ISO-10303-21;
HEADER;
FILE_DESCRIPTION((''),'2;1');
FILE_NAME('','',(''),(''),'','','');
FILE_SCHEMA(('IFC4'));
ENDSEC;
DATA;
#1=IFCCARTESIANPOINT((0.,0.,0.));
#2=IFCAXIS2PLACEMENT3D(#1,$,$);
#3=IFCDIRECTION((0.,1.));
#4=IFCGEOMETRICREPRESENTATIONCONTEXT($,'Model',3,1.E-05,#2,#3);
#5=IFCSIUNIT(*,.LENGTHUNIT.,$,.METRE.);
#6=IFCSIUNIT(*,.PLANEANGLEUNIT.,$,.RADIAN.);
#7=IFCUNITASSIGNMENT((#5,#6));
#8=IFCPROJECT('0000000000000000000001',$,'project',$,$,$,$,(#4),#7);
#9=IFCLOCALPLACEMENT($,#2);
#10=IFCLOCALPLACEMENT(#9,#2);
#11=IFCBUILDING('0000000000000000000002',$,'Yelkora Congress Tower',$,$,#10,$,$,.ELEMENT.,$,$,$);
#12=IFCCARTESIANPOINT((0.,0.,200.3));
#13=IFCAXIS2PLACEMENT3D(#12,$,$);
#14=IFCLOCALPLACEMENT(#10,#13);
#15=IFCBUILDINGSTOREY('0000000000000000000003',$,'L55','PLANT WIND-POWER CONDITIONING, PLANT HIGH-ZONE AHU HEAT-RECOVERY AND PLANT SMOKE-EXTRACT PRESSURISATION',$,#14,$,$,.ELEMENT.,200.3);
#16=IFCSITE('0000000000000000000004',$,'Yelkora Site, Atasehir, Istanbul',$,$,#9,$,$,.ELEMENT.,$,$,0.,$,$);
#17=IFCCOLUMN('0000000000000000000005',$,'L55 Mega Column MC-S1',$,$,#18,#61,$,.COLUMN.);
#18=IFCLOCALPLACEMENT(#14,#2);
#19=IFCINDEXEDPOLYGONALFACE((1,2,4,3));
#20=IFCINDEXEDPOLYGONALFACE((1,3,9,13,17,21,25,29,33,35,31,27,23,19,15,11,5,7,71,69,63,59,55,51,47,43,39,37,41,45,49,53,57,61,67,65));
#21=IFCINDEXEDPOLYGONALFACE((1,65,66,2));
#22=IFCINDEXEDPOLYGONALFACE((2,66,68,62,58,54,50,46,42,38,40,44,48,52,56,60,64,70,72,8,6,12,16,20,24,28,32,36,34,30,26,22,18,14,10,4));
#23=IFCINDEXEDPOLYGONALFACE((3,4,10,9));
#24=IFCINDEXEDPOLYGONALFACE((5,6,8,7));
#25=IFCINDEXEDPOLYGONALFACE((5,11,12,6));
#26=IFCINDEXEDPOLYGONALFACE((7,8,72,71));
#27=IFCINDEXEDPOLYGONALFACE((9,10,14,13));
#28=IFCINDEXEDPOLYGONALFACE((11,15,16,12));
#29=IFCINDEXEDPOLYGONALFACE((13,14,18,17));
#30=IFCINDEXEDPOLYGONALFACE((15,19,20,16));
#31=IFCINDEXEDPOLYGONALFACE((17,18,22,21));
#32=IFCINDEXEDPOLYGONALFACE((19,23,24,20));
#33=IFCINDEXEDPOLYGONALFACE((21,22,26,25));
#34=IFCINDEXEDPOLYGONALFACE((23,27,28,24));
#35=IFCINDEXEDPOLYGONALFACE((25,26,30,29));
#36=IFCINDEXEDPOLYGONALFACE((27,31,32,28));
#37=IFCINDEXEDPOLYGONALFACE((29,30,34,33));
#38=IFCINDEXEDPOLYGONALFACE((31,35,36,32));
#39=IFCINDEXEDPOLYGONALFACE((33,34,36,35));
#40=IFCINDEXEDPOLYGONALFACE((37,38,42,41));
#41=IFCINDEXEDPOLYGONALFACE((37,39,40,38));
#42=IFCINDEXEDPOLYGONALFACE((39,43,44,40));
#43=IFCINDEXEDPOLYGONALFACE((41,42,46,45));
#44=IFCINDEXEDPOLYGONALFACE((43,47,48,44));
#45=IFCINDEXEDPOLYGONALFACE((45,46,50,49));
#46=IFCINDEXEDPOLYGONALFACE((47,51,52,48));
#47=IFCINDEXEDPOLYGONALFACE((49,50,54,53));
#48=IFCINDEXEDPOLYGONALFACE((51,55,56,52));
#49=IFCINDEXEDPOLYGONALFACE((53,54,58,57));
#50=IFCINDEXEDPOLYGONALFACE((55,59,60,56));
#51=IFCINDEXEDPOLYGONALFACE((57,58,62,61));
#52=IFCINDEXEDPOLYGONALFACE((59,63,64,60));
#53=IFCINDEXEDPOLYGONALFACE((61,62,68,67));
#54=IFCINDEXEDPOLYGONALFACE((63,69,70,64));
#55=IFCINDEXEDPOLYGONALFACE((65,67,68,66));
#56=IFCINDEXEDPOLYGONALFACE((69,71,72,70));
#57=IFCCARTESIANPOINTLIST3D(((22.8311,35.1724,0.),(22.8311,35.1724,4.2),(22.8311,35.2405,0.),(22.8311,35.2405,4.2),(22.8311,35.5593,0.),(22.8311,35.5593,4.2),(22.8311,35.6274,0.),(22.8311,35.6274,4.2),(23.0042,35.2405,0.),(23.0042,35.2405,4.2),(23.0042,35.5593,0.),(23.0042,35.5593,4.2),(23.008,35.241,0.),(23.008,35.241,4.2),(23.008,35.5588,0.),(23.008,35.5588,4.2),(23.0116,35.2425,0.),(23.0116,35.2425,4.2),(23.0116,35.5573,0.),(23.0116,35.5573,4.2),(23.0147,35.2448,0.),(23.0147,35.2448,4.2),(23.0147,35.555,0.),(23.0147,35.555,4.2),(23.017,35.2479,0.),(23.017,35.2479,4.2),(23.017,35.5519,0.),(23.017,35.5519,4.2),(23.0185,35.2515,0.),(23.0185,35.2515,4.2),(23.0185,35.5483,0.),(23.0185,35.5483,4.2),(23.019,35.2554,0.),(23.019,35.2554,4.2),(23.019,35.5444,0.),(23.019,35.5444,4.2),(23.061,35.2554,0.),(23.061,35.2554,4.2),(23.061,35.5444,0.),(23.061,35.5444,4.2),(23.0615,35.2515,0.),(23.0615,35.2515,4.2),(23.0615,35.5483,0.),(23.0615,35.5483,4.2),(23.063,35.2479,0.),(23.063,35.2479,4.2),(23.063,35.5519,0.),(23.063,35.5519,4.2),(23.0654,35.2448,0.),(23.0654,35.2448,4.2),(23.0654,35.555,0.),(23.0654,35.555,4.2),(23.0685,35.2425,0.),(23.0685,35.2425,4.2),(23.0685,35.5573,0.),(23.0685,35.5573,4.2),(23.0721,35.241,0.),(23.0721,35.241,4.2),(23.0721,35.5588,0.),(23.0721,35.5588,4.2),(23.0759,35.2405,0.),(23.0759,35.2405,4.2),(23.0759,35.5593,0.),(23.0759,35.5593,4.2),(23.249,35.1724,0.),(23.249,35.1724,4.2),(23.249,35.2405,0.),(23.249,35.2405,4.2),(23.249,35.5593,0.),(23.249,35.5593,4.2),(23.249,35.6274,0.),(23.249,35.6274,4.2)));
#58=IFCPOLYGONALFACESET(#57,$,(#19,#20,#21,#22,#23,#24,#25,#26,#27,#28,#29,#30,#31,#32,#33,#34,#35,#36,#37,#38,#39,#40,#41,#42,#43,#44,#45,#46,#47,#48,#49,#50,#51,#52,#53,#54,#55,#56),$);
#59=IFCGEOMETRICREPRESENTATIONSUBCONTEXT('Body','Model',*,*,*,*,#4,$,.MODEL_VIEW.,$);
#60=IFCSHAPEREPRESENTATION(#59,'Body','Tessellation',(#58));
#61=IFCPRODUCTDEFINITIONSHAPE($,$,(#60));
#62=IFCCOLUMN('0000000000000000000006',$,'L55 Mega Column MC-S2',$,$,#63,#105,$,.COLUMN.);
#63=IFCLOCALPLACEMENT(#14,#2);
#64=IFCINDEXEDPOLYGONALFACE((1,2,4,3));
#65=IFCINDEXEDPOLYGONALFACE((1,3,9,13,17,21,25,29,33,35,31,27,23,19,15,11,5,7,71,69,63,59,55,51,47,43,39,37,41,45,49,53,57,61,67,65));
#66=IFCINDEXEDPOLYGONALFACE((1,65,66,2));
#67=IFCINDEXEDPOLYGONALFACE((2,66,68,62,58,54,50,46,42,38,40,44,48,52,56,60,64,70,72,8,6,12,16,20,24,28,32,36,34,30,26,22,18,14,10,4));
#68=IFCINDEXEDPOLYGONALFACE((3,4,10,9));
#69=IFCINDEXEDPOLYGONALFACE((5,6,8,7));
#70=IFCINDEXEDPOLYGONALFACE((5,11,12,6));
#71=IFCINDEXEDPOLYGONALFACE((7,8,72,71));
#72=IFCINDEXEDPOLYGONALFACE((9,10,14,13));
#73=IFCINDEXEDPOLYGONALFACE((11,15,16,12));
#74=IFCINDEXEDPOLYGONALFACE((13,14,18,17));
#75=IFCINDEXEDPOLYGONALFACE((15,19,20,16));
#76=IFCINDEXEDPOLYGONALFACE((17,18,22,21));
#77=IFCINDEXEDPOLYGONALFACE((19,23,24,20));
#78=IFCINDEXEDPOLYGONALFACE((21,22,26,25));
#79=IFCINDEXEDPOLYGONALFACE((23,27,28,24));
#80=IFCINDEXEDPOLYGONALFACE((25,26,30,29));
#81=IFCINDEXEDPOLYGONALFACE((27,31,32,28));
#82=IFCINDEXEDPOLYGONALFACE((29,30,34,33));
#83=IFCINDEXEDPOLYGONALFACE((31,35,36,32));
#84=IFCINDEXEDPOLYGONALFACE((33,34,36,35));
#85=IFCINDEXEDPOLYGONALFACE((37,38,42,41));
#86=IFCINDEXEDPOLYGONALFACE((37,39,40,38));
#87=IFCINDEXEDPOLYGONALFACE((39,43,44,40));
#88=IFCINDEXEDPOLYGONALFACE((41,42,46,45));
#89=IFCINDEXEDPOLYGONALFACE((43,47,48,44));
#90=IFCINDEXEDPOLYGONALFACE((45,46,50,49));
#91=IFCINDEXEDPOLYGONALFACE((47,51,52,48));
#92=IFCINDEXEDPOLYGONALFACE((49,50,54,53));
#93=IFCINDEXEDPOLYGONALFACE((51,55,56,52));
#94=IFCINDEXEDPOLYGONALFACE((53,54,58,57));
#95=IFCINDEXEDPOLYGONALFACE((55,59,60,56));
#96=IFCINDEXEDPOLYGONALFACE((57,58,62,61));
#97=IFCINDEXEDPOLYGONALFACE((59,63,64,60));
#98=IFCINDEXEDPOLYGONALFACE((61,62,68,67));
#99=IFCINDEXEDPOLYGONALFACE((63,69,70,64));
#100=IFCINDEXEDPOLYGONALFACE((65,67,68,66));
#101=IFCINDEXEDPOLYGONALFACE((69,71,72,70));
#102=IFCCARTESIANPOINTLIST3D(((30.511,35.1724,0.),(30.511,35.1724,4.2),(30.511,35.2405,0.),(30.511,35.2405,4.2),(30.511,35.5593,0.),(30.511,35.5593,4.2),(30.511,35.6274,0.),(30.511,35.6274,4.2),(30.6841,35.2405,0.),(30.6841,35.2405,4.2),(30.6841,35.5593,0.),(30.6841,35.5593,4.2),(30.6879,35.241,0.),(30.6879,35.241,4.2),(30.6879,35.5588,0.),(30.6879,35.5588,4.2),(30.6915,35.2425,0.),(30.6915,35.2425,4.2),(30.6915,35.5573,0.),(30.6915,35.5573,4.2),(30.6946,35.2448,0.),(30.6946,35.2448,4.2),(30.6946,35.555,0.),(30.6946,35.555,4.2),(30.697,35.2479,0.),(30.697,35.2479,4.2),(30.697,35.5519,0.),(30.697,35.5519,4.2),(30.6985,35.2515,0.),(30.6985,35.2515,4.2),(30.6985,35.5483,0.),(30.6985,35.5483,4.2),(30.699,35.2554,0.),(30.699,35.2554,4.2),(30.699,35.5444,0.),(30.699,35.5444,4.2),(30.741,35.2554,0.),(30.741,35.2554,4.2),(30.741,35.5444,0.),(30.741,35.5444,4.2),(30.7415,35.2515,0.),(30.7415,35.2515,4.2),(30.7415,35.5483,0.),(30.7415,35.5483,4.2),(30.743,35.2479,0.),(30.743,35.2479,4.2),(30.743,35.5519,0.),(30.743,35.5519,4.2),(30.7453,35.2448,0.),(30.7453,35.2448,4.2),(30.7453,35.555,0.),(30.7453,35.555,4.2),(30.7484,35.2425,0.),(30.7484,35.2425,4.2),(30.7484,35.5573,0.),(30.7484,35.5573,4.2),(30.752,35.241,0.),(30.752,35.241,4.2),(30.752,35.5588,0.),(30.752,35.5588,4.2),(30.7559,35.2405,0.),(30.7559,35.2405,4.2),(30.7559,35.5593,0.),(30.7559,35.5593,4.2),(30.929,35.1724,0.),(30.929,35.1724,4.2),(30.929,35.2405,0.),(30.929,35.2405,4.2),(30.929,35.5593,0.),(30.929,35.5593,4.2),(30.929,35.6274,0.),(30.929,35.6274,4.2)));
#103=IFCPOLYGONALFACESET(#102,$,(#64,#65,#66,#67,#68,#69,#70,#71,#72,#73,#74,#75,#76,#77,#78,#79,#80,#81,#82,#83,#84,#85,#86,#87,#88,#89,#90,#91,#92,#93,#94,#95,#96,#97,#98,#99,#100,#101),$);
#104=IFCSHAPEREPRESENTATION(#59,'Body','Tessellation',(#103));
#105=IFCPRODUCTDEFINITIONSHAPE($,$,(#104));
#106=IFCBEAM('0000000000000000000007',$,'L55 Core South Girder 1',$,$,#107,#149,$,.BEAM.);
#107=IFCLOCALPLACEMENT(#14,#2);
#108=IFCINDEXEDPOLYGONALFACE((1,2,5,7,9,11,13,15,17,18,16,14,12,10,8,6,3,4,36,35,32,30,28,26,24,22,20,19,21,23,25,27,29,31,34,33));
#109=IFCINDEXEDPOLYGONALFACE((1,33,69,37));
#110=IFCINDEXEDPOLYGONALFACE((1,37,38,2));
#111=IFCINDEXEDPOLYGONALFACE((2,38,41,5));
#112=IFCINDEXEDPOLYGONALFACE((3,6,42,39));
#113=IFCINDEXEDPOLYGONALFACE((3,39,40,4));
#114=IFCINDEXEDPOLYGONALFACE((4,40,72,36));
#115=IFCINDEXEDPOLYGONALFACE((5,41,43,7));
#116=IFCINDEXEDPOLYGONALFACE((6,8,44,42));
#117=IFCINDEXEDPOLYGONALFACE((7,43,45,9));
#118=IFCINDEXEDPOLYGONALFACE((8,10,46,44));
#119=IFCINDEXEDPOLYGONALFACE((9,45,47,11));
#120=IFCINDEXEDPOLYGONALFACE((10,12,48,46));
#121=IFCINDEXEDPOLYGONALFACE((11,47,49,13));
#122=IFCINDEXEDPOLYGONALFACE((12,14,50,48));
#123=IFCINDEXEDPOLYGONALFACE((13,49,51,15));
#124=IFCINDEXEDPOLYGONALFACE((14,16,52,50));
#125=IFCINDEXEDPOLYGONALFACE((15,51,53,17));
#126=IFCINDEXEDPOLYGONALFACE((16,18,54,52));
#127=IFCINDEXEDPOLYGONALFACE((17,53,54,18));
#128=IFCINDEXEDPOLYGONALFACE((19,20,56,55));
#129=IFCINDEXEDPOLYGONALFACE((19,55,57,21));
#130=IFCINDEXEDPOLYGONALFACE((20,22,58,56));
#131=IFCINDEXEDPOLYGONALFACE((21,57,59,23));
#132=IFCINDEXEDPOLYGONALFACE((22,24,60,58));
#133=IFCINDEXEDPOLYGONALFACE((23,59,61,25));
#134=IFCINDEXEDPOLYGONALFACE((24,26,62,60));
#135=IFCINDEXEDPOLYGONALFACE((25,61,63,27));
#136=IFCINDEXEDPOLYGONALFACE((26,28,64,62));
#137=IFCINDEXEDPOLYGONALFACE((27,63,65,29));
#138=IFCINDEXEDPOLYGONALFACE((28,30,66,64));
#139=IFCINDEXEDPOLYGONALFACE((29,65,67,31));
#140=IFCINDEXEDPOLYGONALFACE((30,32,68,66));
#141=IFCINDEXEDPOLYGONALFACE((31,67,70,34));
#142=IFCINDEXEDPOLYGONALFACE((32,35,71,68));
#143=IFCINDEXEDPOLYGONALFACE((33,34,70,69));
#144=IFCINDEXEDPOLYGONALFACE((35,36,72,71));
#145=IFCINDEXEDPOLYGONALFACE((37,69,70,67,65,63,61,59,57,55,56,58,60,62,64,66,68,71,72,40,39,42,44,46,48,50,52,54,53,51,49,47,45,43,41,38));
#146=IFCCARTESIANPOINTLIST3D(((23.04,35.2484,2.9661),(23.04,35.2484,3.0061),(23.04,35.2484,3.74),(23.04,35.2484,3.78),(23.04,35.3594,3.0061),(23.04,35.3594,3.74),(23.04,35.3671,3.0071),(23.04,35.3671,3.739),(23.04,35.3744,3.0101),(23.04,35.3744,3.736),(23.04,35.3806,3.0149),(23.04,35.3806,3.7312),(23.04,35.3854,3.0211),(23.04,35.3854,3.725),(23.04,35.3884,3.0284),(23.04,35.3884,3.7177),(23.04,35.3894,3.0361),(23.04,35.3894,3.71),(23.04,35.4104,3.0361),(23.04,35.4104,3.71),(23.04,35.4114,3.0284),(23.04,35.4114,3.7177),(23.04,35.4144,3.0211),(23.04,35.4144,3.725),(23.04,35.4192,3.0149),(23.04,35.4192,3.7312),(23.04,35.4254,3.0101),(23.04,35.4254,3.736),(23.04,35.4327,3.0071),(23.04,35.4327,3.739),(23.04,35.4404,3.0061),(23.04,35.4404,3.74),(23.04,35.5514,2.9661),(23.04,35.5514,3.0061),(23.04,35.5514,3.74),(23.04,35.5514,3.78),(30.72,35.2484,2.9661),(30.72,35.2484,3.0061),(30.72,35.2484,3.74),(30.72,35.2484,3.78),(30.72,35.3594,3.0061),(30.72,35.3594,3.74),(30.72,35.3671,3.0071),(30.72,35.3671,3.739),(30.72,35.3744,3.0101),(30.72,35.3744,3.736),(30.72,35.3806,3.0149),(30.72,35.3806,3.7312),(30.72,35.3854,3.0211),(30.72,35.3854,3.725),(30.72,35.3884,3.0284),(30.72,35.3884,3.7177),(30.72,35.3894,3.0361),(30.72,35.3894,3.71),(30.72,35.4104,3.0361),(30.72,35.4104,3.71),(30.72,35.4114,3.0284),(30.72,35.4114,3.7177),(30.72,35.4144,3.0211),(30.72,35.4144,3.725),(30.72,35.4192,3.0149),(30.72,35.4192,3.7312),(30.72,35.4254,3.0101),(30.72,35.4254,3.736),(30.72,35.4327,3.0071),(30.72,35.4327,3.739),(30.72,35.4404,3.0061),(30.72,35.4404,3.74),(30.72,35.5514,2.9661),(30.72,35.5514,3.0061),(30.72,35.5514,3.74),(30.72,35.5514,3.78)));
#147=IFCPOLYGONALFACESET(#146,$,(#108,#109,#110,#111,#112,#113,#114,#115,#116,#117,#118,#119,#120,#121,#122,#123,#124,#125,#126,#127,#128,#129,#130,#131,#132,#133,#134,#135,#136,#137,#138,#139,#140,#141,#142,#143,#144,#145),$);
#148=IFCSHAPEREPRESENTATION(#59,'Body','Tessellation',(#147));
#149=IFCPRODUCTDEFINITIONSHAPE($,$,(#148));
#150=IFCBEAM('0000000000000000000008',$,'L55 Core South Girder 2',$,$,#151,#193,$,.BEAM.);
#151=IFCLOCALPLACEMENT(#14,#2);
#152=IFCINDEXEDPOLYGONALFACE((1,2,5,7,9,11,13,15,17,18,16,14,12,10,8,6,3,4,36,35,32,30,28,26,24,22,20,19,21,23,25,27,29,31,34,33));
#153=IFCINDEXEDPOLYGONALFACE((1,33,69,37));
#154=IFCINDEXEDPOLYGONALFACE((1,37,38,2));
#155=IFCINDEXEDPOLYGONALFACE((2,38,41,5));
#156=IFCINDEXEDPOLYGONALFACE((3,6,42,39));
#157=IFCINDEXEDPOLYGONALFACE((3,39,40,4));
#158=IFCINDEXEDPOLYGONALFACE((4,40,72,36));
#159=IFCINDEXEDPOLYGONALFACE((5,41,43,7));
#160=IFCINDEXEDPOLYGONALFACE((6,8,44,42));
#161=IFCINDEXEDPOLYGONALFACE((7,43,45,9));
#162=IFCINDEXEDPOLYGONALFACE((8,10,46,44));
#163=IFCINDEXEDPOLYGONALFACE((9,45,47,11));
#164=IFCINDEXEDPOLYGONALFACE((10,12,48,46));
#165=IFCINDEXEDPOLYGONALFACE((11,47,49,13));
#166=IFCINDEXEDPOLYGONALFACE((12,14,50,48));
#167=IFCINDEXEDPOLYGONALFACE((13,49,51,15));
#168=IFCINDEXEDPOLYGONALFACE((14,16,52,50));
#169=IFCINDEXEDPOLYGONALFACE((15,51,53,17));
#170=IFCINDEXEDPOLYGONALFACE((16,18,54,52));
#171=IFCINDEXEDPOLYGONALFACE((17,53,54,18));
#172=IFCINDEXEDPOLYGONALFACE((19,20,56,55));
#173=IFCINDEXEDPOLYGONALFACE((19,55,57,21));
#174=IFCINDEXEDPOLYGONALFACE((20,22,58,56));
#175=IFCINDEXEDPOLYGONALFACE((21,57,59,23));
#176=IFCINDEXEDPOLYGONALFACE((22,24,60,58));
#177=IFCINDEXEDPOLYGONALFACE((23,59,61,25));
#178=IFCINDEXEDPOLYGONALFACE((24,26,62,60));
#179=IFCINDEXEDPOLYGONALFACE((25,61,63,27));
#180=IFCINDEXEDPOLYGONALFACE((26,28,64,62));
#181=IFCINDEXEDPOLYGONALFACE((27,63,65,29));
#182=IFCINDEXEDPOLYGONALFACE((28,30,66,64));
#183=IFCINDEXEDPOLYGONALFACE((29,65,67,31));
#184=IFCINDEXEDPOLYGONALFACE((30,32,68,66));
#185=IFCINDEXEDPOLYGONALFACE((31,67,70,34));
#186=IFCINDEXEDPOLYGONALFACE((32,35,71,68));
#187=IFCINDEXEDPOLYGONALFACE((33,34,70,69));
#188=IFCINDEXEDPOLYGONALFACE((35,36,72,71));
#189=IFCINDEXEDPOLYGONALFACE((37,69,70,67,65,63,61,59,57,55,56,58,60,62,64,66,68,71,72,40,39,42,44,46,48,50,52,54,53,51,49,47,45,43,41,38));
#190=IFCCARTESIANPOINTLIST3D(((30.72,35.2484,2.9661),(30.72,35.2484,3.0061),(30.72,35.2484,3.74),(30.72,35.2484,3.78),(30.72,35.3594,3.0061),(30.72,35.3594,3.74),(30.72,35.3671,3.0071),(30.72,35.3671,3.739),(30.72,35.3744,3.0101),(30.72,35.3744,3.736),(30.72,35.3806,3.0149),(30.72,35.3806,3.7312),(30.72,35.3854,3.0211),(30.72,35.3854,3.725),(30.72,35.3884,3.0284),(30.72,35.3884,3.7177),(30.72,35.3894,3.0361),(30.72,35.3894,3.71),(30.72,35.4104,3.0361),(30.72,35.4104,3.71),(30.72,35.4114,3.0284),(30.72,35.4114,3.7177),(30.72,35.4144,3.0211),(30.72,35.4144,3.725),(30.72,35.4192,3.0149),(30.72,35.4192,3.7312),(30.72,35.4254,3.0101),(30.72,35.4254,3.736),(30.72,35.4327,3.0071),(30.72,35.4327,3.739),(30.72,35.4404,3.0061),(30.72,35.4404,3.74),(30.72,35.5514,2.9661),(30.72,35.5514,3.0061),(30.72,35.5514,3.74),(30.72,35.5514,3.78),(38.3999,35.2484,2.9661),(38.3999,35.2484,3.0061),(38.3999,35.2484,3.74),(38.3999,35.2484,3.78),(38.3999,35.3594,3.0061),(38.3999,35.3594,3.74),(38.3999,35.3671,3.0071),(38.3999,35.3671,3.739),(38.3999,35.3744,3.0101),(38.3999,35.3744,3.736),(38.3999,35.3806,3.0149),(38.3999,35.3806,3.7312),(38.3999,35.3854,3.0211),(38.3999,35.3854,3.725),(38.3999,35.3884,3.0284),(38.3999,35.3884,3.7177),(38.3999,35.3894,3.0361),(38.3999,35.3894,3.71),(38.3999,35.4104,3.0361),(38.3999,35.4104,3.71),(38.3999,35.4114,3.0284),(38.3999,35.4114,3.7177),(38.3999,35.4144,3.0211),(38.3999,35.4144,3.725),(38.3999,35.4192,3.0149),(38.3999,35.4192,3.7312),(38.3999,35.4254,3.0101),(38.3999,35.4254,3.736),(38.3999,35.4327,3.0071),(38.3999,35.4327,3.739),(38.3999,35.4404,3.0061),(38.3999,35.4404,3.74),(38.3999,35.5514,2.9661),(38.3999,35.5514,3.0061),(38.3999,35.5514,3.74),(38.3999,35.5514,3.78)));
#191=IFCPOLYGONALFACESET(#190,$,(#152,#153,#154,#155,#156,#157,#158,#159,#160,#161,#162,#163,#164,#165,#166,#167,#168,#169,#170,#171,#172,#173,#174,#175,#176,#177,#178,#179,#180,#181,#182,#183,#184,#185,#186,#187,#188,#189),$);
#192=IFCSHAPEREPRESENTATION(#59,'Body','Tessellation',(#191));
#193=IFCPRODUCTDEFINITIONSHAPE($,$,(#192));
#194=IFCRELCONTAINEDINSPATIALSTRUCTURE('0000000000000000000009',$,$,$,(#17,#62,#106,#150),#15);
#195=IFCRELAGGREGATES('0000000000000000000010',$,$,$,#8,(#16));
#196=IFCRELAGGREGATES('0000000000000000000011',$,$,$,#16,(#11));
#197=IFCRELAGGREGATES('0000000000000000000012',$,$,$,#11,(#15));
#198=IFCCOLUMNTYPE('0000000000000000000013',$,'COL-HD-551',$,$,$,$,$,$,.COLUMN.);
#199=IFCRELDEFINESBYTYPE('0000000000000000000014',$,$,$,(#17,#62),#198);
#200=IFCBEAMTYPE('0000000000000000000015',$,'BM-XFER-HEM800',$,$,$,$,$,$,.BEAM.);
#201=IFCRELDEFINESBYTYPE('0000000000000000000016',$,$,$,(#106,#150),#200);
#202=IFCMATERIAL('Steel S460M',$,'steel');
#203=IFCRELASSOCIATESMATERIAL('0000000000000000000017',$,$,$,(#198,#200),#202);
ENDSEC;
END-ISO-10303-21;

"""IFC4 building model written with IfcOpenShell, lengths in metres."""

from ifc_helpers import new_model, si_unit, direction, frame, origin, origin_2d, place, context, subcontext, project, spatial, i_section, extrude, material, material_profile, profile_set, type_object, element, save


model = new_model("IFC4")

# Units and contexts
model_context = context("Model", 3, precision=1e-05, world=origin(), true_north=direction((0.0, 1.0)))
body_context = subcontext(model_context, "Body", "Model", "MODEL_VIEW")
ifc_project = project(units=[si_unit("LENGTHUNIT", "METRE"), si_unit("PLANEANGLEUNIT", "RADIAN")], contexts=[model_context])

# Site, building, storey
site_placement = place(None, origin())
site = spatial("IfcSite", under=ifc_project, at=site_placement, Name="Yelkora Site, Atasehir, Istanbul", CompositionType="ELEMENT", RefElevation=0.0)
building_placement = place(site_placement, origin())
building = spatial("IfcBuilding", under=site, at=building_placement, Name="Yelkora Congress Tower", CompositionType="ELEMENT")
storey_placement = place(building_placement, frame((0.0, 0.0, 200.3)))
storey = spatial("IfcBuildingStorey", under=building, at=storey_placement, Name="L55", Description="PLANT WIND-POWER CONDITIONING, PLANT HIGH-ZONE AHU HEAT-RECOVERY AND PLANT SMOKE-EXTRACT PRESSURISATION", CompositionType="ELEMENT", Elevation=200.3)

# Columns
ifc_material_1 = material(Name="Steel S460M", Category="steel")
ifc_material_profile_1 = material_profile(ifc_material_1, i_section(OverallWidth=0.418, OverallDepth=0.4551, WebThickness=0.042, FlangeThickness=0.0681, FilletRadius=0.0149, at=origin_2d()), Name="HD 400x551")
ifc_profile_set_1 = profile_set([ifc_material_profile_1], Name="Steel S460M")
column_type = type_object("IfcColumnType", Name="COL-HD-551", PredefinedType="COLUMN", material=ifc_profile_set_1)
for number, where, z_axis, x_axis, name in (
    (1, (23.04, 35.3999, 0.0), (0.0, 0.0, 1.0), (1.0, 0.0, 0.0), "L55 Mega Column MC-S1"),
    (2, (30.72, 35.3999, 0.0), (0.0, 0.0, 1.0), (1.0, 0.0, 0.0), "L55 Mega Column MC-S2"),
):
    element("IfcColumn", number, at=place(storey_placement, frame(where, z_axis=z_axis, x_axis=x_axis)), inside=storey, type_object=column_type, Name=name, PredefinedType="COLUMN", context=body_context, shape_type="SweptSolid", body=[
        extrude(i_section(OverallWidth=0.418, OverallDepth=0.4551, WebThickness=0.042, FlangeThickness=0.0681, FilletRadius=0.0149, at=origin_2d()), origin(), (0.0, 0.0, 1.0), 4.2),
    ])

# Beams
ifc_material_profile_2 = material_profile(ifc_material_1, i_section(OverallWidth=0.303, OverallDepth=0.814, WebThickness=0.021, FlangeThickness=0.04, FilletRadius=0.03, at=origin_2d()), Name="HEM 800")
ifc_profile_set_2 = profile_set([ifc_material_profile_2], Name="Steel S460M")
beam_type_1 = type_object("IfcBeamType", Name="BM-XFER-HEM800", PredefinedType="BEAM", material=ifc_profile_set_2)
for number, where, z_axis, x_axis, name in (
    (3, (23.04, 35.3999, 3.373), (1.0, 0.0, 0.0), (0.0, 1.0, 0.0), "L55 Core South Girder 1"),
    (4, (30.72, 35.3999, 3.373), (1.0, 0.0, 0.0), (0.0, 1.0, 0.0), "L55 Core South Girder 2"),
):
    element("IfcBeam", number, at=place(storey_placement, frame(where, z_axis=z_axis, x_axis=x_axis)), inside=storey, type_object=beam_type_1, Name=name, PredefinedType="BEAM", context=body_context, shape_type="SweptSolid", body=[
        extrude(i_section(OverallWidth=0.303, OverallDepth=0.814, WebThickness=0.021, FlangeThickness=0.04, FilletRadius=0.03, at=origin_2d()), origin(), (0.0, 0.0, 1.0), 7.6799),
    ])

save(model, "model.ifc")
